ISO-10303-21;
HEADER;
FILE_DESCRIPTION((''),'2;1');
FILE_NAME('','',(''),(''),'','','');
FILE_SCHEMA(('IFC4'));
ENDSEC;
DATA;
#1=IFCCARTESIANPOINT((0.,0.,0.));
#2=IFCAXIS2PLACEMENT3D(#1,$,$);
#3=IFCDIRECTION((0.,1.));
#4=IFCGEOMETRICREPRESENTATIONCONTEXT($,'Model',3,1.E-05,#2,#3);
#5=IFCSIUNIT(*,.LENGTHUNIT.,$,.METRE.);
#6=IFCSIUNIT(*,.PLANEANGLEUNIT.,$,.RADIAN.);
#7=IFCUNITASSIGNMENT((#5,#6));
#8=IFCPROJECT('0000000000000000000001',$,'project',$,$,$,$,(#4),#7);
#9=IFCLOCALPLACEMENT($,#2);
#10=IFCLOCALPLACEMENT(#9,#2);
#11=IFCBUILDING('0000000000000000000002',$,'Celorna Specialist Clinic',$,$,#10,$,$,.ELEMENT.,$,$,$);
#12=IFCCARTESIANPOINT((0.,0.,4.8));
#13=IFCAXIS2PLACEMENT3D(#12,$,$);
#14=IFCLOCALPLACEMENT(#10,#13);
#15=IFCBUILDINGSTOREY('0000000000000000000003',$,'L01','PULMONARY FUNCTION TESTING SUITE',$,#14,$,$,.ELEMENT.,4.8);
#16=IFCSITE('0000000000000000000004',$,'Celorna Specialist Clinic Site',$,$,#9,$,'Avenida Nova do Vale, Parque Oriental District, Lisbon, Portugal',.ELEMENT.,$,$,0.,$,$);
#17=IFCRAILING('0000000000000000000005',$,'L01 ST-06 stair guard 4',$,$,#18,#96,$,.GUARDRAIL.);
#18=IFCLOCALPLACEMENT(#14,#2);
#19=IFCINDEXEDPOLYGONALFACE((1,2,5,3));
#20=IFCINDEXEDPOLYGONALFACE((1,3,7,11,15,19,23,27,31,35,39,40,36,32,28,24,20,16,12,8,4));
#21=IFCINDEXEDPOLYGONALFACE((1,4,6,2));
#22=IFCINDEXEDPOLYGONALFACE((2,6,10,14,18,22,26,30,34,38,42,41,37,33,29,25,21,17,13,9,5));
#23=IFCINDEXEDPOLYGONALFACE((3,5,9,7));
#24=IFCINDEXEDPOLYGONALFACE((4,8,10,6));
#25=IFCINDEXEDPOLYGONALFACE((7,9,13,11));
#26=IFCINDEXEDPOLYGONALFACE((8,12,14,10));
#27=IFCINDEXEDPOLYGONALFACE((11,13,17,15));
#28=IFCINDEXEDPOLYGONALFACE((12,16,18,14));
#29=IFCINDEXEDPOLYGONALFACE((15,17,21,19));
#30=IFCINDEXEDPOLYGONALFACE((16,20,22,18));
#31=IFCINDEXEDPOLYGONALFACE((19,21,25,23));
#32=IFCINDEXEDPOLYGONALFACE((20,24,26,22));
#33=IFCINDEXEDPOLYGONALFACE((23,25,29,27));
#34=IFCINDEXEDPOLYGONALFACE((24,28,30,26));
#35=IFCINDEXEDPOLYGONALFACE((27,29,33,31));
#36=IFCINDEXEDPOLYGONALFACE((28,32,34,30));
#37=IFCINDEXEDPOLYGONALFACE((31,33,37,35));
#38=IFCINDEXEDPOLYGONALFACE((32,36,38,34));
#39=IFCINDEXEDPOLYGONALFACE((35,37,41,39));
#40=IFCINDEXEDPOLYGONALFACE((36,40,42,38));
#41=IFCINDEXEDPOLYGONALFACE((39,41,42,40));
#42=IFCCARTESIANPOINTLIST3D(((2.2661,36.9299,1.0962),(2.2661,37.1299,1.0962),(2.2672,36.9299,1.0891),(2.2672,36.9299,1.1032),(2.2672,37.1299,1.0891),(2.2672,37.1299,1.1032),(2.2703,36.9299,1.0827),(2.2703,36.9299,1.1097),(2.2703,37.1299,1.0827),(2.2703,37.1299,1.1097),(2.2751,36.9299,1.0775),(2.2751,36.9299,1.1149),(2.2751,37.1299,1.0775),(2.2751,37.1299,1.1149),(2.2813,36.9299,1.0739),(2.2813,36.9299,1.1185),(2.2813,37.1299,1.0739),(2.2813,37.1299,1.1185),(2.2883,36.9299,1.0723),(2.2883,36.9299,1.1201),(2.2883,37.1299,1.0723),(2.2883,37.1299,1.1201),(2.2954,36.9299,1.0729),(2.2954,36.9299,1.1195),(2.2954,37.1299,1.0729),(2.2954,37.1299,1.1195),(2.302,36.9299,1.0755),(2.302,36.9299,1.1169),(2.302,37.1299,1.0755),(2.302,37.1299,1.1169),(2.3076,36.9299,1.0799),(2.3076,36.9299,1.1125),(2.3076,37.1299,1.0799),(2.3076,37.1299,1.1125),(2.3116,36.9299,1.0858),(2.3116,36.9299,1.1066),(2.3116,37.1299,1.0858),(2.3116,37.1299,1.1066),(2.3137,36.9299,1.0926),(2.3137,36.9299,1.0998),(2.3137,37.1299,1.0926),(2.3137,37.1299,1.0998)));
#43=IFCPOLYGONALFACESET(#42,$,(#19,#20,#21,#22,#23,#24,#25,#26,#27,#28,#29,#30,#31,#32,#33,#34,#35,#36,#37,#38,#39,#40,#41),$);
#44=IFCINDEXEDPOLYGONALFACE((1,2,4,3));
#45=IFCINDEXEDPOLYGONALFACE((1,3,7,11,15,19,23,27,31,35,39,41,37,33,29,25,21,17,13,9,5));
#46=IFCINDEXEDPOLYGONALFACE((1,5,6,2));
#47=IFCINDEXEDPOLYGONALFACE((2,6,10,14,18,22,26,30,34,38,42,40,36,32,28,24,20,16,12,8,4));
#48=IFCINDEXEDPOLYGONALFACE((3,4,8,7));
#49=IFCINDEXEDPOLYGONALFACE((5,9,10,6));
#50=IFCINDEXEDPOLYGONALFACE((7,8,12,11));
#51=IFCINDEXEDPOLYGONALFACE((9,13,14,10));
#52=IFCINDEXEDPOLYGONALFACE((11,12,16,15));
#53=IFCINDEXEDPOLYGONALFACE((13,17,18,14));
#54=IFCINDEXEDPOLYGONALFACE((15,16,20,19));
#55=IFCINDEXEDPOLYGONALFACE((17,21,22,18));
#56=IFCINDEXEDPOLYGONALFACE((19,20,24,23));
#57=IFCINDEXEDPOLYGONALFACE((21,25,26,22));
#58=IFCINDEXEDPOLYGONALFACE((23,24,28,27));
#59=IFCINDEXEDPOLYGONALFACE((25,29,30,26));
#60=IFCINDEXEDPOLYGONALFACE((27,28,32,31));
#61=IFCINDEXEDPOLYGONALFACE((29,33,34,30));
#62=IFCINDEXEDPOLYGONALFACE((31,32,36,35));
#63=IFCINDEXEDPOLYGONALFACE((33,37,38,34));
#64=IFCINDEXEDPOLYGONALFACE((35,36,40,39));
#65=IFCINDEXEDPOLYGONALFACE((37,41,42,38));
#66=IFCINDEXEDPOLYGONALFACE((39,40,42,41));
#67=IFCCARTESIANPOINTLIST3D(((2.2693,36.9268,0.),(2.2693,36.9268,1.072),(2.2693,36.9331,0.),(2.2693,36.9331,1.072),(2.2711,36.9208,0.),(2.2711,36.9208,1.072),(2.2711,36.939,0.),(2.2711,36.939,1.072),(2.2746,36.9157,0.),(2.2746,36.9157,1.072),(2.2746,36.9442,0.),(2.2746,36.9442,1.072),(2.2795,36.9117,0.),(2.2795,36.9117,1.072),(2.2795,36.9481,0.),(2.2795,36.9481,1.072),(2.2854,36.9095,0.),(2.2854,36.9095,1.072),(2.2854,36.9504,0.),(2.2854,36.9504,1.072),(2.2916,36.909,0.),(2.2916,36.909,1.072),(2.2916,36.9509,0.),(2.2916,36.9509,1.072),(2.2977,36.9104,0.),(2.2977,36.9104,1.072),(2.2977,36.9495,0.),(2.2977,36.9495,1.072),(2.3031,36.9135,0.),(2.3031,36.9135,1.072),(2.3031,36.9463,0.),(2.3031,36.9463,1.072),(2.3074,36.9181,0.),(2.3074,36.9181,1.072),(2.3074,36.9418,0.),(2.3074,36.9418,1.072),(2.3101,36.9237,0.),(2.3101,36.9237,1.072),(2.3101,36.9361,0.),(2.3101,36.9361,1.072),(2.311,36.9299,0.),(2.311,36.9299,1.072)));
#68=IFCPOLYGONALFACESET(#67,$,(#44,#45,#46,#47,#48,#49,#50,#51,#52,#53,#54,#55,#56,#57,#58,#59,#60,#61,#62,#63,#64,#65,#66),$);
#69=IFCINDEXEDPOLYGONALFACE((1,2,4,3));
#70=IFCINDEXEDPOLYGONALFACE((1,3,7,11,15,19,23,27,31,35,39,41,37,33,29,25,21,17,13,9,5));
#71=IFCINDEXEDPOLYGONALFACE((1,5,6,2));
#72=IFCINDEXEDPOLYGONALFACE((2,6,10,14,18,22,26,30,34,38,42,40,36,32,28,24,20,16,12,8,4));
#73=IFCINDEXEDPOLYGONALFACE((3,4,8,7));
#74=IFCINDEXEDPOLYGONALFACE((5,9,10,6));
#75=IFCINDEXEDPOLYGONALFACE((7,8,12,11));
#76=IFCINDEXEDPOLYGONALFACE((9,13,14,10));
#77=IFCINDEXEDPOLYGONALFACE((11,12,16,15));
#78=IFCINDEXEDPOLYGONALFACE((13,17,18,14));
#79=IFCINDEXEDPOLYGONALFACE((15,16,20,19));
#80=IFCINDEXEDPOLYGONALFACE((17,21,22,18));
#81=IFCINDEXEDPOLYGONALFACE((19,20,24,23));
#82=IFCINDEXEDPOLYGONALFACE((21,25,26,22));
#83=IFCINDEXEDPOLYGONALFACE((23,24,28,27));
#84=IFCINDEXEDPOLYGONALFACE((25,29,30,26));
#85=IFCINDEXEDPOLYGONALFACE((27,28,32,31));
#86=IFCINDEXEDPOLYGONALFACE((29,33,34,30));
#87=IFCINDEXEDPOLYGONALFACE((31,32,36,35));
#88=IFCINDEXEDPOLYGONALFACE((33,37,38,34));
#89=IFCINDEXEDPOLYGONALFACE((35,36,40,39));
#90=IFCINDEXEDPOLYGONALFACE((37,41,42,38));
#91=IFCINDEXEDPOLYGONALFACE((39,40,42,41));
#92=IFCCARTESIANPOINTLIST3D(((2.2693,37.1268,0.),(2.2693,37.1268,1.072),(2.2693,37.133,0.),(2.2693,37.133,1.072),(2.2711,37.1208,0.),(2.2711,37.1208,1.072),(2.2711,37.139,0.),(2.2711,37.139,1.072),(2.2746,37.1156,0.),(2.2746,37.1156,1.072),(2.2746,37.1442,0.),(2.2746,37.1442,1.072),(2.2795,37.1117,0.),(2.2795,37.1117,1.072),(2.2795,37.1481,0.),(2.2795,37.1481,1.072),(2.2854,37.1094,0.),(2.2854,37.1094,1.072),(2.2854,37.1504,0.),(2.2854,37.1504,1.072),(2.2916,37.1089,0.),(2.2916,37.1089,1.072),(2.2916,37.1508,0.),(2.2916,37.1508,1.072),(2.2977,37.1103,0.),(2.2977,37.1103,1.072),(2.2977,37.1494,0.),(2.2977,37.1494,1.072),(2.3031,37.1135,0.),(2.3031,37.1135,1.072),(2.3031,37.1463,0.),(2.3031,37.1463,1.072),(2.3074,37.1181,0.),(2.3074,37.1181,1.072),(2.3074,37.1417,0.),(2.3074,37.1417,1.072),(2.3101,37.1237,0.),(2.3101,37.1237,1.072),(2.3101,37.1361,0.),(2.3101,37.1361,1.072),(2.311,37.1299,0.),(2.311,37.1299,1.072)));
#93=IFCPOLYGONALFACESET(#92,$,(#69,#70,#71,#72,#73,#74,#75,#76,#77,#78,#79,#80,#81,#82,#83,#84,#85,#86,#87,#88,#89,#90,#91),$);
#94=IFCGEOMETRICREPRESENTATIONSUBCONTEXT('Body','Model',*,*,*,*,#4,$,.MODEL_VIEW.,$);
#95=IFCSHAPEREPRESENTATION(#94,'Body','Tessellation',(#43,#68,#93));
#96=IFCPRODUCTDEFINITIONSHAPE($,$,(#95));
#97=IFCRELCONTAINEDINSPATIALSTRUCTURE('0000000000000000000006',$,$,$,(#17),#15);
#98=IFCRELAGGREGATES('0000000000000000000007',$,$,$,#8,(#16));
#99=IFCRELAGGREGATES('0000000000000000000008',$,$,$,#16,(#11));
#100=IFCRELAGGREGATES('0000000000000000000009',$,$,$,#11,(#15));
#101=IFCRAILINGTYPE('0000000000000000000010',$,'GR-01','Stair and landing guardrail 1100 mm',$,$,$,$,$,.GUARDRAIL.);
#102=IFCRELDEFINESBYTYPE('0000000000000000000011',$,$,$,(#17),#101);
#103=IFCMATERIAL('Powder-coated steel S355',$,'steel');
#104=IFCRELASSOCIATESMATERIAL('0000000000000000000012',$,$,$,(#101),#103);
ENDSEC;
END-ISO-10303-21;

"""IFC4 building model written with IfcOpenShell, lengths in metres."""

from ifc_helpers import new_model, si_unit, direction, frame, origin, origin_2d, place, context, subcontext, project, spatial, circle, extrude, material, type_object, element, save


model = new_model("IFC4")

# Units and contexts
model_context = context("Model", 3, precision=1e-05, world=origin(), true_north=direction((0.0, 1.0)))
body_context = subcontext(model_context, "Body", "Model", "MODEL_VIEW")
ifc_project = project(units=[si_unit("LENGTHUNIT", "METRE"), si_unit("PLANEANGLEUNIT", "RADIAN")], contexts=[model_context])

# Site, building, storey
site_placement = place(None, origin())
site = spatial("IfcSite", under=ifc_project, at=site_placement, Name="Celorna Specialist Clinic Site", LongName="Avenida Nova do Vale, Parque Oriental District, Lisbon, Portugal", CompositionType="ELEMENT", RefElevation=0.0)
building_placement = place(site_placement, origin())
building = spatial("IfcBuilding", under=site, at=building_placement, Name="Celorna Specialist Clinic", CompositionType="ELEMENT")
storey_placement = place(building_placement, frame((0.0, 0.0, 4.8)))
storey = spatial("IfcBuildingStorey", under=building, at=storey_placement, Name="L01", Description="PULMONARY FUNCTION TESTING SUITE", CompositionType="ELEMENT", Elevation=4.8)

# Railing
ifc_material_1 = material(Name="Powder-coated steel S355", Category="steel")
railing_type_1 = type_object("IfcRailingType", Name="GR-01", Description="Stair and landing guardrail 1100 mm", PredefinedType="GUARDRAIL", material=ifc_material_1)
railing_1_placement = place(storey_placement, frame((2.29, 36.9299, 0.0)))
element("IfcRailing", 1, at=railing_1_placement, inside=storey, type_object=railing_type_1, Name="L01 ST-06 stair guard 4", PredefinedType="GUARDRAIL", context=body_context, shape_type="SweptSolid", body=[
    extrude(circle(Radius=0.0239, at=origin_2d()), frame((0.0, 0.0, 1.0962), z_axis=(0.0, 1.0, 0.0), x_axis=(-1.0, 0.0, 0.0)), (0.0, 0.0, 1.0), 0.2),
    extrude(circle(Radius=0.021, at=origin_2d()), origin(), (0.0, 0.0, 1.0), 1.072),
    extrude(circle(Radius=0.021, at=origin_2d()), frame((0.0, 0.2, 0.0)), (0.0, 0.0, 1.0), 1.072),
])

save(model, "model.ifc")
